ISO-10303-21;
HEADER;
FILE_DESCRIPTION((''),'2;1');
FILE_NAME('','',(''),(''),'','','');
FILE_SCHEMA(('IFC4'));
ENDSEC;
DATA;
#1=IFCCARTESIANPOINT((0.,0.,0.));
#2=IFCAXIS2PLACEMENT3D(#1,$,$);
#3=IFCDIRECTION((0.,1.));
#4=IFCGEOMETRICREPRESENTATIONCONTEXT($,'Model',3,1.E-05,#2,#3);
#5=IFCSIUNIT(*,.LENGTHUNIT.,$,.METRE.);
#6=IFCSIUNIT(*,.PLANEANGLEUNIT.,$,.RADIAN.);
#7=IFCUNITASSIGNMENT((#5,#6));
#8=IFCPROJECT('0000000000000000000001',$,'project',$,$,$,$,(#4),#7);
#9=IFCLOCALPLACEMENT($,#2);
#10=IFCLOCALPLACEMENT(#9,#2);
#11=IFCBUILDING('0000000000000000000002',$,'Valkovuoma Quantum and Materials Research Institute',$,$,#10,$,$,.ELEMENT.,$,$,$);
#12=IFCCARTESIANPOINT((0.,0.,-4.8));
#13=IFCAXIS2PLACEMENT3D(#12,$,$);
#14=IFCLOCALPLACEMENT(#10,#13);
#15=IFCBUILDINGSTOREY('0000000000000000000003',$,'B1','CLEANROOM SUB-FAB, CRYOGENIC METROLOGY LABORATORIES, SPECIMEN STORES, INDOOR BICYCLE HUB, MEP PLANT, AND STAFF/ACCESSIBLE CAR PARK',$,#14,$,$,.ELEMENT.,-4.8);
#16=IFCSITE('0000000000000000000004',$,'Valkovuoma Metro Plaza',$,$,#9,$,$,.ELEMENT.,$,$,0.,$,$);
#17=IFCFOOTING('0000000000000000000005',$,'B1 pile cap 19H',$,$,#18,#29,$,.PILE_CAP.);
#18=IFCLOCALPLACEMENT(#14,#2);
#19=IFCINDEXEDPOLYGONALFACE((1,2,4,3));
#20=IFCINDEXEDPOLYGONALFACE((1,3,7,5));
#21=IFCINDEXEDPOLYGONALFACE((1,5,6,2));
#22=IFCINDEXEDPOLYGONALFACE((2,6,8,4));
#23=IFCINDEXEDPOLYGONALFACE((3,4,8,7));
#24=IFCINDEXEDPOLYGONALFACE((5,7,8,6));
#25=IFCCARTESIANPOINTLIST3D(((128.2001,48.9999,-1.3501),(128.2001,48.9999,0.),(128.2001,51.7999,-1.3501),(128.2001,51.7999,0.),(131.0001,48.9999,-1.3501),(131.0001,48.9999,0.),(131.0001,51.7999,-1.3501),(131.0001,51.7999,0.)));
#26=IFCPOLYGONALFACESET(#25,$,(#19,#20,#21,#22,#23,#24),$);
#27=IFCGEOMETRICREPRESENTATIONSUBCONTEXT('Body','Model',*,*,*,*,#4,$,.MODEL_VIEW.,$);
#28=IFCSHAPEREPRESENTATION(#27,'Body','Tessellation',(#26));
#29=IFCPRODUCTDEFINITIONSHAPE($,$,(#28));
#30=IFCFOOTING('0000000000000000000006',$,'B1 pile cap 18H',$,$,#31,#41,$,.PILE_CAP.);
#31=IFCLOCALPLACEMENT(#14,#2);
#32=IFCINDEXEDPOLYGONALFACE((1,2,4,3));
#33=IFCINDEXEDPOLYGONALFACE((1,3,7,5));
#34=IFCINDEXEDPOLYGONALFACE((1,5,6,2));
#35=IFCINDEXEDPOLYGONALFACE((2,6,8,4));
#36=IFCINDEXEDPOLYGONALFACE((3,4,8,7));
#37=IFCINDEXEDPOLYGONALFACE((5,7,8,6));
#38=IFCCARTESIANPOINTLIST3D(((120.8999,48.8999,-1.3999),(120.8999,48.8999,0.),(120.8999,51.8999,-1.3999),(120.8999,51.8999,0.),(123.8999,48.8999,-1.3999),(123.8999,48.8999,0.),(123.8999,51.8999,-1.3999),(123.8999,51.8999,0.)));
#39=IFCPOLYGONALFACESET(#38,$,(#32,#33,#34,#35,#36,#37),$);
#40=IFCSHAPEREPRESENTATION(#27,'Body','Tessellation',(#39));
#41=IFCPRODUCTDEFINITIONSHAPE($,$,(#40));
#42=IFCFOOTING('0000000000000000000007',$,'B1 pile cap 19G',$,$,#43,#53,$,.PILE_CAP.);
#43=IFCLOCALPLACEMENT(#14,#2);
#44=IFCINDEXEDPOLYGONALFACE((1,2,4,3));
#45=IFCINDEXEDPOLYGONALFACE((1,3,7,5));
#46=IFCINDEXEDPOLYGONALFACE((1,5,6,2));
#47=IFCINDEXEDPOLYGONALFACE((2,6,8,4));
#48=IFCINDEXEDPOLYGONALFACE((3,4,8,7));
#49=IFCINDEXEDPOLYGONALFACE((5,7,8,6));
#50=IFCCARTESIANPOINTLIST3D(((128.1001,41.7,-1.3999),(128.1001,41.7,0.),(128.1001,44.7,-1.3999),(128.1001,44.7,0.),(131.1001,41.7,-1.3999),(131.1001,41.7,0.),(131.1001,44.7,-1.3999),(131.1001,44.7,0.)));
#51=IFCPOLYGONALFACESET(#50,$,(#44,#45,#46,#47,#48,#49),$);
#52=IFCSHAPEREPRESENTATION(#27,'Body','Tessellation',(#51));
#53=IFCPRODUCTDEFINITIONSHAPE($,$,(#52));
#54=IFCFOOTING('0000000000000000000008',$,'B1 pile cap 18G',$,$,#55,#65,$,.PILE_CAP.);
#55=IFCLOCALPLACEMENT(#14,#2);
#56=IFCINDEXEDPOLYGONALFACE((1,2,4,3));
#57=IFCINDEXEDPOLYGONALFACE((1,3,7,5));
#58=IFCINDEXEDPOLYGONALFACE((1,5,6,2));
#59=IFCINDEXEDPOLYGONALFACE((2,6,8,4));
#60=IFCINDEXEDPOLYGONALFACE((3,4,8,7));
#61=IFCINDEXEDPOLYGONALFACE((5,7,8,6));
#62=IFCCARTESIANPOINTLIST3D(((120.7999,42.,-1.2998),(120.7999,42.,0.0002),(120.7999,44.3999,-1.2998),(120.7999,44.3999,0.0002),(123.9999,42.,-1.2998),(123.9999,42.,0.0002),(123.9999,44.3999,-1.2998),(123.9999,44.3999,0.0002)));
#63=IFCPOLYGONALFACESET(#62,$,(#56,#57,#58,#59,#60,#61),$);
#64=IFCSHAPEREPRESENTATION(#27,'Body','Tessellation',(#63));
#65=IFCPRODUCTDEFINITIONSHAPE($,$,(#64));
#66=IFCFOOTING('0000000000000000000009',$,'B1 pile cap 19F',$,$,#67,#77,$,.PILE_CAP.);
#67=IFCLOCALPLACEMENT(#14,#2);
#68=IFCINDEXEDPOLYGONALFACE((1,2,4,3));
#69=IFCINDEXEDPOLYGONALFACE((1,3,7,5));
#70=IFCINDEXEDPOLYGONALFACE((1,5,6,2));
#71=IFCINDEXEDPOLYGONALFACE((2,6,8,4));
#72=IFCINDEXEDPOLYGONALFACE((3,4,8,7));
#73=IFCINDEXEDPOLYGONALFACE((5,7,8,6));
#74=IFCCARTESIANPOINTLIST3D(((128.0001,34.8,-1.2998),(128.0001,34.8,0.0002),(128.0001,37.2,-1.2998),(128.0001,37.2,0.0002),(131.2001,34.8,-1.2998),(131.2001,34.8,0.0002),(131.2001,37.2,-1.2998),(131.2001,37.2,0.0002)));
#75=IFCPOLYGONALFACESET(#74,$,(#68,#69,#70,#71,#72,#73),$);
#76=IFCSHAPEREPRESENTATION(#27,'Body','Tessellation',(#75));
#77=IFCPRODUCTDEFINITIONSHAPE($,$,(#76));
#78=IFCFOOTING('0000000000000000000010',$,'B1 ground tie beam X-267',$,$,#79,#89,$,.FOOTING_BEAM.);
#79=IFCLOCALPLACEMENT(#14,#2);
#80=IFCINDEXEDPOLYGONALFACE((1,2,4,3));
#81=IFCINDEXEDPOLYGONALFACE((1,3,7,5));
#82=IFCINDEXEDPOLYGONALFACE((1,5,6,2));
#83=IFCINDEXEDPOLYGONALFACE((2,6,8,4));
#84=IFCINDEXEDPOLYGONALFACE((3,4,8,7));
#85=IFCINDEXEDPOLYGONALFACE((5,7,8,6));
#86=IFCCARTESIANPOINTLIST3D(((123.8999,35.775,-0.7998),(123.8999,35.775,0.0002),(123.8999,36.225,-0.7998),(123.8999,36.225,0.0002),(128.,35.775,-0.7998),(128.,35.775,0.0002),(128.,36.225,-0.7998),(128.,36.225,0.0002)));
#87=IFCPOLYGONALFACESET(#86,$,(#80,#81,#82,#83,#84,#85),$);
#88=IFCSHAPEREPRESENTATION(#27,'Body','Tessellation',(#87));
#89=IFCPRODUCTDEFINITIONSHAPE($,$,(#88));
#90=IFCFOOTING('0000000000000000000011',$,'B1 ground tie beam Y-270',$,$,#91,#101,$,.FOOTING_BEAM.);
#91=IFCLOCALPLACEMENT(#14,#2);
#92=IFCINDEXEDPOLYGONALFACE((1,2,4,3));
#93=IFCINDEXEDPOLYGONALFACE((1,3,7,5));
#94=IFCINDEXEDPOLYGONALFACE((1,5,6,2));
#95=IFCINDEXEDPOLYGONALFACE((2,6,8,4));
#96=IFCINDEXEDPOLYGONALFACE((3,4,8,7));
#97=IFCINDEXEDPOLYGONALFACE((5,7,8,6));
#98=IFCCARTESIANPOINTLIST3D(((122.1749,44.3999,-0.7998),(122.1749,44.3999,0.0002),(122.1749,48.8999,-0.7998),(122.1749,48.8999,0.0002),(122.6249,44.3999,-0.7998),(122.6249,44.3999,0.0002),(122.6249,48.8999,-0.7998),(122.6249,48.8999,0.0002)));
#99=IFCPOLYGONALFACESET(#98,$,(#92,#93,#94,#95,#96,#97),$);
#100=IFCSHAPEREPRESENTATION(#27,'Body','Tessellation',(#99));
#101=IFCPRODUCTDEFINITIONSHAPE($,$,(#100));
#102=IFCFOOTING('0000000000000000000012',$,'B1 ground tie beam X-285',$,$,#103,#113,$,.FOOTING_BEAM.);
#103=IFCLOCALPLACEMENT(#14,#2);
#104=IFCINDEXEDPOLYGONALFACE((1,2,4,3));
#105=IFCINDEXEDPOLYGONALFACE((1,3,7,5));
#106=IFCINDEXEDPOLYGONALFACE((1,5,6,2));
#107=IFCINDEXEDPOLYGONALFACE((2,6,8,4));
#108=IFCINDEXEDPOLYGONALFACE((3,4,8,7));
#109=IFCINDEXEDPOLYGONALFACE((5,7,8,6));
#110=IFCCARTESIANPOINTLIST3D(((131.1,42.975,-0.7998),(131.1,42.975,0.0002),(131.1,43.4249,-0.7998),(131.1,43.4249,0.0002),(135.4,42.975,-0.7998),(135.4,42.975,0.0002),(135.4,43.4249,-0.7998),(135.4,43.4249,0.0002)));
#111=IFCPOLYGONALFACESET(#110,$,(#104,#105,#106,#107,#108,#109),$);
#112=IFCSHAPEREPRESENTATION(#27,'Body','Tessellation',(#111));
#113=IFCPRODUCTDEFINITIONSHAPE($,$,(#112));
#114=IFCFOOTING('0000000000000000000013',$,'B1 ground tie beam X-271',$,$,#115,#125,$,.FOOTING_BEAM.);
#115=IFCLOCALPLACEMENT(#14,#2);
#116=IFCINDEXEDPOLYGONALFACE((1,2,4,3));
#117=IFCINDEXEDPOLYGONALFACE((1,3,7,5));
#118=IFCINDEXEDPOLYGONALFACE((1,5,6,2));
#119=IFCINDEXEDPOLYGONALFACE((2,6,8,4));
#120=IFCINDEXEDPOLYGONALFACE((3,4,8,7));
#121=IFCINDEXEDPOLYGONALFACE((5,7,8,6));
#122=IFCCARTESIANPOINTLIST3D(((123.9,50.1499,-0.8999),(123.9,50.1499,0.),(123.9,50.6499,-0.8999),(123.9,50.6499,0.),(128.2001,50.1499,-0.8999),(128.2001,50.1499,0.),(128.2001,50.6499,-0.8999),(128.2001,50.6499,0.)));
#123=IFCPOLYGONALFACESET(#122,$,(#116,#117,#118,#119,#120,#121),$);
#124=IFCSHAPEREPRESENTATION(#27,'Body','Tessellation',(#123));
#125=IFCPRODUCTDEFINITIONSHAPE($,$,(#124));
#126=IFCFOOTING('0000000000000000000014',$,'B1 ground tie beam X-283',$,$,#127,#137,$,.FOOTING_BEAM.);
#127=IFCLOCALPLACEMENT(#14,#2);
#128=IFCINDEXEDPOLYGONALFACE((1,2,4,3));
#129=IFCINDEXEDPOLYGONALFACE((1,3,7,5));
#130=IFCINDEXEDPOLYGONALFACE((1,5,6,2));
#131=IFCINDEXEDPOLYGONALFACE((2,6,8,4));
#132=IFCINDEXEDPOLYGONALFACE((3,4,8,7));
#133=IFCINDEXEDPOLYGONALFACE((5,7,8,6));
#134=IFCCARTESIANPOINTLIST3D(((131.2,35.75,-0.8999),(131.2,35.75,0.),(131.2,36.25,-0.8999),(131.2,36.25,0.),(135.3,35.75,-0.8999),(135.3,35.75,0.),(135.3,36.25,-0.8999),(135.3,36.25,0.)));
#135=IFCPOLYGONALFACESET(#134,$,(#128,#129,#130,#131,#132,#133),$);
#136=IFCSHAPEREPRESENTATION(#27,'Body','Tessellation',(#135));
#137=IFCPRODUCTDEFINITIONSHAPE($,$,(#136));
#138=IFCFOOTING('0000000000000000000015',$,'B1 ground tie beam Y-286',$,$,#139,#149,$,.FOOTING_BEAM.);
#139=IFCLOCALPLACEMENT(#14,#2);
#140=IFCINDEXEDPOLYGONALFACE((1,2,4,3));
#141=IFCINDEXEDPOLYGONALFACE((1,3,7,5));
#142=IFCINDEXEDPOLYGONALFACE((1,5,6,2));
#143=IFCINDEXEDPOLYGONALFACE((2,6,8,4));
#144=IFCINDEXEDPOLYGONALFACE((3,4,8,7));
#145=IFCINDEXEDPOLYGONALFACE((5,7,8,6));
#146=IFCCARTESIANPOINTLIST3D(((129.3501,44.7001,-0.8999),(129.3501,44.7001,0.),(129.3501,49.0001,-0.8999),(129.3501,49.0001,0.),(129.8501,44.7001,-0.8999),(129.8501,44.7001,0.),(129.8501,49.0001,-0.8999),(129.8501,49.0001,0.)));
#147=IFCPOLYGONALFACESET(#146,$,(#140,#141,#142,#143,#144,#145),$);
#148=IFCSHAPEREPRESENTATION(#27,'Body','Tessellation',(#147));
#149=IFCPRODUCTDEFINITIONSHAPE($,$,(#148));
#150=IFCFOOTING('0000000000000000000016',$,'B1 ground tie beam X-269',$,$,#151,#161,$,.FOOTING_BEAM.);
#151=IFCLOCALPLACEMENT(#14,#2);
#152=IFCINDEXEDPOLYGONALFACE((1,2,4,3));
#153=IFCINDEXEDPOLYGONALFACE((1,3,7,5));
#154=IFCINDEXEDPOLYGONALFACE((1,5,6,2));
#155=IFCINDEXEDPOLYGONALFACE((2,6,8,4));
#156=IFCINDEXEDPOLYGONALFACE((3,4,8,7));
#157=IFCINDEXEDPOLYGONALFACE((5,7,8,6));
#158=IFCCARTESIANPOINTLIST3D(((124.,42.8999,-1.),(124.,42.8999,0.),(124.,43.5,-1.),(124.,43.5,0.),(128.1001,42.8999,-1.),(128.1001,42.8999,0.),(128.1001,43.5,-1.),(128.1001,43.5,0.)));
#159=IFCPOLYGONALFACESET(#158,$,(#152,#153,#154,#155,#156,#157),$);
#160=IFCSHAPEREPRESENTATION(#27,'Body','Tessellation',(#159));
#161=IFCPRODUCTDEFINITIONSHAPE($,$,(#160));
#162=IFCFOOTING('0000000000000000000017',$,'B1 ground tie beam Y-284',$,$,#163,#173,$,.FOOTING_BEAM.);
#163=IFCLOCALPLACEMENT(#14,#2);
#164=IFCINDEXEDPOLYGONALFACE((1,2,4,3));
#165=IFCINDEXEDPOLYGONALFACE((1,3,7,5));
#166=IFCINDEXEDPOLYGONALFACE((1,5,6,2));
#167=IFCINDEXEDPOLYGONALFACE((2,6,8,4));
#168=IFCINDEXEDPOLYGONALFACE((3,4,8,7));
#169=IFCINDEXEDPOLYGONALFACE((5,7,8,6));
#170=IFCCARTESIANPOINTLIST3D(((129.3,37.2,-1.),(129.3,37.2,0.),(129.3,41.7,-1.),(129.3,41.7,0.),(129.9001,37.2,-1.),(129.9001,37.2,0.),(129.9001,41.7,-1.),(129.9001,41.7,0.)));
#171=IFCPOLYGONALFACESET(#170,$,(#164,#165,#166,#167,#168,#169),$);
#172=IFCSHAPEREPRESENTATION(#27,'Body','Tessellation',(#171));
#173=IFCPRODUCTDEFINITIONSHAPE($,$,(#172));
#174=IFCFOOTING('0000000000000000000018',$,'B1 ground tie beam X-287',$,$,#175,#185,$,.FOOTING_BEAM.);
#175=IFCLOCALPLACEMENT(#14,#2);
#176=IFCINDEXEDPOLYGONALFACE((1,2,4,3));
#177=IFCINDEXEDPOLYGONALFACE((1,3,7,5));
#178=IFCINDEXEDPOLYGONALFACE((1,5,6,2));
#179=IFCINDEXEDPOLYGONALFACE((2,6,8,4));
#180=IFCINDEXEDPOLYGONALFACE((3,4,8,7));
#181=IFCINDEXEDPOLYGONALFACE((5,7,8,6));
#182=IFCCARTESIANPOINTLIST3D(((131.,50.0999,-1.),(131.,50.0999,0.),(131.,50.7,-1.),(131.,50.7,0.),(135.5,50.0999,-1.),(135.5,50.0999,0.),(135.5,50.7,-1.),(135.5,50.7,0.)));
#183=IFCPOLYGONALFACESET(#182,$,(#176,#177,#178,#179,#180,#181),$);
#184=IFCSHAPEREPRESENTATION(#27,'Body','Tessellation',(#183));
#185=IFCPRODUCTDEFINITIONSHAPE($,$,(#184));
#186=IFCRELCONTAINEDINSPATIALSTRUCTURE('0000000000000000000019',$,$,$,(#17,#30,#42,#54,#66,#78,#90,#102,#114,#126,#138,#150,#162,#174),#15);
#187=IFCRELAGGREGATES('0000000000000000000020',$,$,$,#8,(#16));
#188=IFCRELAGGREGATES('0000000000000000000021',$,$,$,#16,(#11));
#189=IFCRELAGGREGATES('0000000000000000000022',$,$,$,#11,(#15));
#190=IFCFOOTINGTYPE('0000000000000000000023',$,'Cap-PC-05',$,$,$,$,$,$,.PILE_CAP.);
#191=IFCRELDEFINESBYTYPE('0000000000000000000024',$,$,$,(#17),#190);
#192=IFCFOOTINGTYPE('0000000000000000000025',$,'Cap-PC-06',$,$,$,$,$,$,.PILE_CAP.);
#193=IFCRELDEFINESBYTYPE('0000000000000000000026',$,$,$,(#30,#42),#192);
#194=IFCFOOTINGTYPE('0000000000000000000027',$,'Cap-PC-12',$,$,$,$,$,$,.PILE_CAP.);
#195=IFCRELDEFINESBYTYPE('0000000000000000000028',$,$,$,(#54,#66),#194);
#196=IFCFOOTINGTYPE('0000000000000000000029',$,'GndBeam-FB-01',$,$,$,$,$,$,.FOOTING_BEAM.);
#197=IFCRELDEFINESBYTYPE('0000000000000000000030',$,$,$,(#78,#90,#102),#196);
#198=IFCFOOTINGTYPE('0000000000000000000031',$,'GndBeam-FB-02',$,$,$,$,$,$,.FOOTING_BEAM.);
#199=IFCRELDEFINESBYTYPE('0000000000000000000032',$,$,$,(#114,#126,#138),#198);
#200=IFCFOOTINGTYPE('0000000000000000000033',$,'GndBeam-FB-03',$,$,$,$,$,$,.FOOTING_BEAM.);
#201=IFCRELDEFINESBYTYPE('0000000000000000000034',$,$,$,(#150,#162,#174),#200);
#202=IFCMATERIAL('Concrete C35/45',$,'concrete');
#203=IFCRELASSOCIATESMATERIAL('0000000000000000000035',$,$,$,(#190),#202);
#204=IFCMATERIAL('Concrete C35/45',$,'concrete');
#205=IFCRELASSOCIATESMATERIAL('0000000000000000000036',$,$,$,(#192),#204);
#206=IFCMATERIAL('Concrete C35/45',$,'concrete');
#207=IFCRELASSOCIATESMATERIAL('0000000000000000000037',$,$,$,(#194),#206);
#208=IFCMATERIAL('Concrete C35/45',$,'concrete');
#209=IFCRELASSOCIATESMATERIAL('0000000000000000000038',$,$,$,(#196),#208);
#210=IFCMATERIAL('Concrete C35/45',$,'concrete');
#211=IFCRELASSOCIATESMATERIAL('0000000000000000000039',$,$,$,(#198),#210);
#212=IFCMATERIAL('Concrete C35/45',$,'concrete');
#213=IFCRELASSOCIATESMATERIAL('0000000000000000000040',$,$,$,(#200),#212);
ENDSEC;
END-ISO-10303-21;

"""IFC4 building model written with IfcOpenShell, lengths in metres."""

from ifc_helpers import new_model, si_unit, direction, frame, origin, origin_2d, place, context, subcontext, project, spatial, rectangle, extrude, material, type_object, element, save


model = new_model("IFC4")

# Units and contexts
model_context = context("Model", 3, precision=1e-05, world=origin(), true_north=direction((0.0, 1.0)))
body_context = subcontext(model_context, "Body", "Model", "MODEL_VIEW")
ifc_project = project(units=[si_unit("LENGTHUNIT", "METRE"), si_unit("PLANEANGLEUNIT", "RADIAN")], contexts=[model_context])

# Site, building, storey
site_placement = place(None, origin())
site = spatial("IfcSite", under=ifc_project, at=site_placement, Name="Valkovuoma Metro Plaza", CompositionType="ELEMENT", RefElevation=0.0)
building_placement = place(site_placement, origin())
building = spatial("IfcBuilding", under=site, at=building_placement, Name="Valkovuoma Quantum and Materials Research Institute", CompositionType="ELEMENT")
storey_placement = place(building_placement, frame((0.0, 0.0, -4.8)))
storey = spatial("IfcBuildingStorey", under=building, at=storey_placement, Name="B1", Description="CLEANROOM SUB-FAB, CRYOGENIC METROLOGY LABORATORIES, SPECIMEN STORES, INDOOR BICYCLE HUB, MEP PLANT, AND STAFF/ACCESSIBLE CAR PARK", CompositionType="ELEMENT", Elevation=-4.8)

# Footings
ifc_material_1 = material(Name="Concrete C35/45", Category="concrete")
footing_type_1 = type_object("IfcFootingType", Name="Cap-PC-05", PredefinedType="PILE_CAP", material=ifc_material_1)
footing_1_placement = place(storey_placement, frame((129.6001, 50.3999, -1.3501), z_axis=(0.0, 0.0, 1.0), x_axis=(1.0, 0.0, 0.0)))
element("IfcFooting", 1, at=footing_1_placement, inside=storey, type_object=footing_type_1, Name="B1 pile cap 19H", PredefinedType="PILE_CAP", context=body_context, shape_type="SweptSolid", body=[
    extrude(rectangle(XDim=2.8, YDim=2.8, at=origin_2d()), origin(), (0.0, 0.0, 1.0), 1.3501),
])
ifc_material_2 = material(Name="Concrete C35/45", Category="concrete")
footing_type_2 = type_object("IfcFootingType", Name="Cap-PC-06", PredefinedType="PILE_CAP", material=ifc_material_2)
for number, where, z_axis, x_axis, name in (
    (2, (122.3999, 50.3999, -1.3999), (0.0, 0.0, 1.0), (1.0, 0.0, 0.0), "B1 pile cap 18H"),
    (3, (129.6001, 43.2, -1.3999), (0.0, 0.0, 1.0), (1.0, 0.0, 0.0), "B1 pile cap 19G"),
):
    element("IfcFooting", number, at=place(storey_placement, frame(where, z_axis=z_axis, x_axis=x_axis)), inside=storey, type_object=footing_type_2, Name=name, PredefinedType="PILE_CAP", context=body_context, shape_type="SweptSolid", body=[
        extrude(rectangle(XDim=3.0, YDim=3.0, at=origin_2d()), origin(), (0.0, 0.0, 1.0), 1.3999),
    ])
ifc_material_3 = material(Name="Concrete C35/45", Category="concrete")
footing_type_3 = type_object("IfcFootingType", Name="Cap-PC-12", PredefinedType="PILE_CAP", material=ifc_material_3)
for number, where, z_axis, x_axis, name in (
    (4, (122.3999, 43.2, -1.2998), (0.0, 0.0, 1.0), (1.0, 0.0, 0.0), "B1 pile cap 18G"),
    (5, (129.6001, 36.0, -1.2998), (0.0, 0.0, 1.0), (1.0, 0.0, 0.0), "B1 pile cap 19F"),
):
    element("IfcFooting", number, at=place(storey_placement, frame(where, z_axis=z_axis, x_axis=x_axis)), inside=storey, type_object=footing_type_3, Name=name, PredefinedType="PILE_CAP", context=body_context, shape_type="SweptSolid", body=[
        extrude(rectangle(XDim=3.2, YDim=2.3999, at=origin_2d()), origin(), (0.0, 0.0, 1.0), 1.3),
    ])
ifc_material_4 = material(Name="Concrete C35/45", Category="concrete")
footing_type_4 = type_object("IfcFootingType", Name="GndBeam-FB-01", PredefinedType="FOOTING_BEAM", material=ifc_material_4)
footing_2_placement = place(storey_placement, frame((125.95, 36.0, -0.7998), z_axis=(0.0, 0.0, 1.0), x_axis=(1.0, 0.0, 0.0)))
element("IfcFooting", 6, at=footing_2_placement, inside=storey, type_object=footing_type_4, Name="B1 ground tie beam X-267", PredefinedType="FOOTING_BEAM", context=body_context, shape_type="SweptSolid", body=[
    extrude(rectangle(XDim=4.1001, YDim=0.45, at=origin_2d()), origin(), (0.0, 0.0, 1.0), 0.8),
])
footing_3_placement = place(storey_placement, frame((122.3999, 46.6499, -0.7998), z_axis=(0.0, 0.0, 1.0), x_axis=(0.0, 1.0, 0.0)))
element("IfcFooting", 7, at=footing_3_placement, inside=storey, type_object=footing_type_4, Name="B1 ground tie beam Y-270", PredefinedType="FOOTING_BEAM", context=body_context, shape_type="SweptSolid", body=[
    extrude(rectangle(XDim=4.5, YDim=0.45, at=origin_2d()), origin(), (0.0, 0.0, 1.0), 0.8),
])
footing_4_placement = place(storey_placement, frame((133.25, 43.2, -0.7998), z_axis=(0.0, 0.0, 1.0), x_axis=(1.0, 0.0, 0.0)))
element("IfcFooting", 8, at=footing_4_placement, inside=storey, type_object=footing_type_4, Name="B1 ground tie beam X-285", PredefinedType="FOOTING_BEAM", context=body_context, shape_type="SweptSolid", body=[
    extrude(rectangle(XDim=4.3, YDim=0.45, at=origin_2d()), origin(), (0.0, 0.0, 1.0), 0.8),
])
ifc_material_5 = material(Name="Concrete C35/45", Category="concrete")
footing_type_5 = type_object("IfcFootingType", Name="GndBeam-FB-02", PredefinedType="FOOTING_BEAM", material=ifc_material_5)
footing_5_placement = place(storey_placement, frame((126.05, 50.3999, -0.8999), z_axis=(0.0, 0.0, 1.0), x_axis=(1.0, 0.0, 0.0)))
element("IfcFooting", 9, at=footing_5_placement, inside=storey, type_object=footing_type_5, Name="B1 ground tie beam X-271", PredefinedType="FOOTING_BEAM", context=body_context, shape_type="SweptSolid", body=[
    extrude(rectangle(XDim=4.3, YDim=0.5, at=origin_2d()), origin(), (0.0, 0.0, 1.0), 0.8999),
])
footing_6_placement = place(storey_placement, frame((133.25, 36.0, -0.8999), z_axis=(0.0, 0.0, 1.0), x_axis=(1.0, 0.0, 0.0)))
element("IfcFooting", 10, at=footing_6_placement, inside=storey, type_object=footing_type_5, Name="B1 ground tie beam X-283", PredefinedType="FOOTING_BEAM", context=body_context, shape_type="SweptSolid", body=[
    extrude(rectangle(XDim=4.1001, YDim=0.5, at=origin_2d()), origin(), (0.0, 0.0, 1.0), 0.8999),
])
footing_7_placement = place(storey_placement, frame((129.6001, 46.8501, -0.8999), z_axis=(0.0, 0.0, 1.0), x_axis=(0.0, 1.0, 0.0)))
element("IfcFooting", 11, at=footing_7_placement, inside=storey, type_object=footing_type_5, Name="B1 ground tie beam Y-286", PredefinedType="FOOTING_BEAM", context=body_context, shape_type="SweptSolid", body=[
    extrude(rectangle(XDim=4.3, YDim=0.5, at=origin_2d()), origin(), (0.0, 0.0, 1.0), 0.8999),
])
ifc_material_6 = material(Name="Concrete C35/45", Category="concrete")
footing_type_6 = type_object("IfcFootingType", Name="GndBeam-FB-03", PredefinedType="FOOTING_BEAM", material=ifc_material_6)
footing_8_placement = place(storey_placement, frame((126.05, 43.2, -1.0), z_axis=(0.0, 0.0, 1.0), x_axis=(1.0, 0.0, 0.0)))
element("IfcFooting", 12, at=footing_8_placement, inside=storey, type_object=footing_type_6, Name="B1 ground tie beam X-269", PredefinedType="FOOTING_BEAM", context=body_context, shape_type="SweptSolid", body=[
    extrude(rectangle(XDim=4.1001, YDim=0.6001, at=origin_2d()), origin(), (0.0, 0.0, 1.0), 1.0),
])
for number, where, z_axis, x_axis, name in (
    (13, (129.6001, 39.45, -1.0), (0.0, 0.0, 1.0), (0.0, 1.0, 0.0), "B1 ground tie beam Y-284"),
    (14, (133.25, 50.3999, -1.0), (0.0, 0.0, 1.0), (1.0, 0.0, 0.0), "B1 ground tie beam X-287"),
):
    element("IfcFooting", number, at=place(storey_placement, frame(where, z_axis=z_axis, x_axis=x_axis)), inside=storey, type_object=footing_type_6, Name=name, PredefinedType="FOOTING_BEAM", context=body_context, shape_type="SweptSolid", body=[
        extrude(rectangle(XDim=4.5, YDim=0.6001, at=origin_2d()), origin(), (0.0, 0.0, 1.0), 1.0),
    ])

save(model, "model.ifc")
